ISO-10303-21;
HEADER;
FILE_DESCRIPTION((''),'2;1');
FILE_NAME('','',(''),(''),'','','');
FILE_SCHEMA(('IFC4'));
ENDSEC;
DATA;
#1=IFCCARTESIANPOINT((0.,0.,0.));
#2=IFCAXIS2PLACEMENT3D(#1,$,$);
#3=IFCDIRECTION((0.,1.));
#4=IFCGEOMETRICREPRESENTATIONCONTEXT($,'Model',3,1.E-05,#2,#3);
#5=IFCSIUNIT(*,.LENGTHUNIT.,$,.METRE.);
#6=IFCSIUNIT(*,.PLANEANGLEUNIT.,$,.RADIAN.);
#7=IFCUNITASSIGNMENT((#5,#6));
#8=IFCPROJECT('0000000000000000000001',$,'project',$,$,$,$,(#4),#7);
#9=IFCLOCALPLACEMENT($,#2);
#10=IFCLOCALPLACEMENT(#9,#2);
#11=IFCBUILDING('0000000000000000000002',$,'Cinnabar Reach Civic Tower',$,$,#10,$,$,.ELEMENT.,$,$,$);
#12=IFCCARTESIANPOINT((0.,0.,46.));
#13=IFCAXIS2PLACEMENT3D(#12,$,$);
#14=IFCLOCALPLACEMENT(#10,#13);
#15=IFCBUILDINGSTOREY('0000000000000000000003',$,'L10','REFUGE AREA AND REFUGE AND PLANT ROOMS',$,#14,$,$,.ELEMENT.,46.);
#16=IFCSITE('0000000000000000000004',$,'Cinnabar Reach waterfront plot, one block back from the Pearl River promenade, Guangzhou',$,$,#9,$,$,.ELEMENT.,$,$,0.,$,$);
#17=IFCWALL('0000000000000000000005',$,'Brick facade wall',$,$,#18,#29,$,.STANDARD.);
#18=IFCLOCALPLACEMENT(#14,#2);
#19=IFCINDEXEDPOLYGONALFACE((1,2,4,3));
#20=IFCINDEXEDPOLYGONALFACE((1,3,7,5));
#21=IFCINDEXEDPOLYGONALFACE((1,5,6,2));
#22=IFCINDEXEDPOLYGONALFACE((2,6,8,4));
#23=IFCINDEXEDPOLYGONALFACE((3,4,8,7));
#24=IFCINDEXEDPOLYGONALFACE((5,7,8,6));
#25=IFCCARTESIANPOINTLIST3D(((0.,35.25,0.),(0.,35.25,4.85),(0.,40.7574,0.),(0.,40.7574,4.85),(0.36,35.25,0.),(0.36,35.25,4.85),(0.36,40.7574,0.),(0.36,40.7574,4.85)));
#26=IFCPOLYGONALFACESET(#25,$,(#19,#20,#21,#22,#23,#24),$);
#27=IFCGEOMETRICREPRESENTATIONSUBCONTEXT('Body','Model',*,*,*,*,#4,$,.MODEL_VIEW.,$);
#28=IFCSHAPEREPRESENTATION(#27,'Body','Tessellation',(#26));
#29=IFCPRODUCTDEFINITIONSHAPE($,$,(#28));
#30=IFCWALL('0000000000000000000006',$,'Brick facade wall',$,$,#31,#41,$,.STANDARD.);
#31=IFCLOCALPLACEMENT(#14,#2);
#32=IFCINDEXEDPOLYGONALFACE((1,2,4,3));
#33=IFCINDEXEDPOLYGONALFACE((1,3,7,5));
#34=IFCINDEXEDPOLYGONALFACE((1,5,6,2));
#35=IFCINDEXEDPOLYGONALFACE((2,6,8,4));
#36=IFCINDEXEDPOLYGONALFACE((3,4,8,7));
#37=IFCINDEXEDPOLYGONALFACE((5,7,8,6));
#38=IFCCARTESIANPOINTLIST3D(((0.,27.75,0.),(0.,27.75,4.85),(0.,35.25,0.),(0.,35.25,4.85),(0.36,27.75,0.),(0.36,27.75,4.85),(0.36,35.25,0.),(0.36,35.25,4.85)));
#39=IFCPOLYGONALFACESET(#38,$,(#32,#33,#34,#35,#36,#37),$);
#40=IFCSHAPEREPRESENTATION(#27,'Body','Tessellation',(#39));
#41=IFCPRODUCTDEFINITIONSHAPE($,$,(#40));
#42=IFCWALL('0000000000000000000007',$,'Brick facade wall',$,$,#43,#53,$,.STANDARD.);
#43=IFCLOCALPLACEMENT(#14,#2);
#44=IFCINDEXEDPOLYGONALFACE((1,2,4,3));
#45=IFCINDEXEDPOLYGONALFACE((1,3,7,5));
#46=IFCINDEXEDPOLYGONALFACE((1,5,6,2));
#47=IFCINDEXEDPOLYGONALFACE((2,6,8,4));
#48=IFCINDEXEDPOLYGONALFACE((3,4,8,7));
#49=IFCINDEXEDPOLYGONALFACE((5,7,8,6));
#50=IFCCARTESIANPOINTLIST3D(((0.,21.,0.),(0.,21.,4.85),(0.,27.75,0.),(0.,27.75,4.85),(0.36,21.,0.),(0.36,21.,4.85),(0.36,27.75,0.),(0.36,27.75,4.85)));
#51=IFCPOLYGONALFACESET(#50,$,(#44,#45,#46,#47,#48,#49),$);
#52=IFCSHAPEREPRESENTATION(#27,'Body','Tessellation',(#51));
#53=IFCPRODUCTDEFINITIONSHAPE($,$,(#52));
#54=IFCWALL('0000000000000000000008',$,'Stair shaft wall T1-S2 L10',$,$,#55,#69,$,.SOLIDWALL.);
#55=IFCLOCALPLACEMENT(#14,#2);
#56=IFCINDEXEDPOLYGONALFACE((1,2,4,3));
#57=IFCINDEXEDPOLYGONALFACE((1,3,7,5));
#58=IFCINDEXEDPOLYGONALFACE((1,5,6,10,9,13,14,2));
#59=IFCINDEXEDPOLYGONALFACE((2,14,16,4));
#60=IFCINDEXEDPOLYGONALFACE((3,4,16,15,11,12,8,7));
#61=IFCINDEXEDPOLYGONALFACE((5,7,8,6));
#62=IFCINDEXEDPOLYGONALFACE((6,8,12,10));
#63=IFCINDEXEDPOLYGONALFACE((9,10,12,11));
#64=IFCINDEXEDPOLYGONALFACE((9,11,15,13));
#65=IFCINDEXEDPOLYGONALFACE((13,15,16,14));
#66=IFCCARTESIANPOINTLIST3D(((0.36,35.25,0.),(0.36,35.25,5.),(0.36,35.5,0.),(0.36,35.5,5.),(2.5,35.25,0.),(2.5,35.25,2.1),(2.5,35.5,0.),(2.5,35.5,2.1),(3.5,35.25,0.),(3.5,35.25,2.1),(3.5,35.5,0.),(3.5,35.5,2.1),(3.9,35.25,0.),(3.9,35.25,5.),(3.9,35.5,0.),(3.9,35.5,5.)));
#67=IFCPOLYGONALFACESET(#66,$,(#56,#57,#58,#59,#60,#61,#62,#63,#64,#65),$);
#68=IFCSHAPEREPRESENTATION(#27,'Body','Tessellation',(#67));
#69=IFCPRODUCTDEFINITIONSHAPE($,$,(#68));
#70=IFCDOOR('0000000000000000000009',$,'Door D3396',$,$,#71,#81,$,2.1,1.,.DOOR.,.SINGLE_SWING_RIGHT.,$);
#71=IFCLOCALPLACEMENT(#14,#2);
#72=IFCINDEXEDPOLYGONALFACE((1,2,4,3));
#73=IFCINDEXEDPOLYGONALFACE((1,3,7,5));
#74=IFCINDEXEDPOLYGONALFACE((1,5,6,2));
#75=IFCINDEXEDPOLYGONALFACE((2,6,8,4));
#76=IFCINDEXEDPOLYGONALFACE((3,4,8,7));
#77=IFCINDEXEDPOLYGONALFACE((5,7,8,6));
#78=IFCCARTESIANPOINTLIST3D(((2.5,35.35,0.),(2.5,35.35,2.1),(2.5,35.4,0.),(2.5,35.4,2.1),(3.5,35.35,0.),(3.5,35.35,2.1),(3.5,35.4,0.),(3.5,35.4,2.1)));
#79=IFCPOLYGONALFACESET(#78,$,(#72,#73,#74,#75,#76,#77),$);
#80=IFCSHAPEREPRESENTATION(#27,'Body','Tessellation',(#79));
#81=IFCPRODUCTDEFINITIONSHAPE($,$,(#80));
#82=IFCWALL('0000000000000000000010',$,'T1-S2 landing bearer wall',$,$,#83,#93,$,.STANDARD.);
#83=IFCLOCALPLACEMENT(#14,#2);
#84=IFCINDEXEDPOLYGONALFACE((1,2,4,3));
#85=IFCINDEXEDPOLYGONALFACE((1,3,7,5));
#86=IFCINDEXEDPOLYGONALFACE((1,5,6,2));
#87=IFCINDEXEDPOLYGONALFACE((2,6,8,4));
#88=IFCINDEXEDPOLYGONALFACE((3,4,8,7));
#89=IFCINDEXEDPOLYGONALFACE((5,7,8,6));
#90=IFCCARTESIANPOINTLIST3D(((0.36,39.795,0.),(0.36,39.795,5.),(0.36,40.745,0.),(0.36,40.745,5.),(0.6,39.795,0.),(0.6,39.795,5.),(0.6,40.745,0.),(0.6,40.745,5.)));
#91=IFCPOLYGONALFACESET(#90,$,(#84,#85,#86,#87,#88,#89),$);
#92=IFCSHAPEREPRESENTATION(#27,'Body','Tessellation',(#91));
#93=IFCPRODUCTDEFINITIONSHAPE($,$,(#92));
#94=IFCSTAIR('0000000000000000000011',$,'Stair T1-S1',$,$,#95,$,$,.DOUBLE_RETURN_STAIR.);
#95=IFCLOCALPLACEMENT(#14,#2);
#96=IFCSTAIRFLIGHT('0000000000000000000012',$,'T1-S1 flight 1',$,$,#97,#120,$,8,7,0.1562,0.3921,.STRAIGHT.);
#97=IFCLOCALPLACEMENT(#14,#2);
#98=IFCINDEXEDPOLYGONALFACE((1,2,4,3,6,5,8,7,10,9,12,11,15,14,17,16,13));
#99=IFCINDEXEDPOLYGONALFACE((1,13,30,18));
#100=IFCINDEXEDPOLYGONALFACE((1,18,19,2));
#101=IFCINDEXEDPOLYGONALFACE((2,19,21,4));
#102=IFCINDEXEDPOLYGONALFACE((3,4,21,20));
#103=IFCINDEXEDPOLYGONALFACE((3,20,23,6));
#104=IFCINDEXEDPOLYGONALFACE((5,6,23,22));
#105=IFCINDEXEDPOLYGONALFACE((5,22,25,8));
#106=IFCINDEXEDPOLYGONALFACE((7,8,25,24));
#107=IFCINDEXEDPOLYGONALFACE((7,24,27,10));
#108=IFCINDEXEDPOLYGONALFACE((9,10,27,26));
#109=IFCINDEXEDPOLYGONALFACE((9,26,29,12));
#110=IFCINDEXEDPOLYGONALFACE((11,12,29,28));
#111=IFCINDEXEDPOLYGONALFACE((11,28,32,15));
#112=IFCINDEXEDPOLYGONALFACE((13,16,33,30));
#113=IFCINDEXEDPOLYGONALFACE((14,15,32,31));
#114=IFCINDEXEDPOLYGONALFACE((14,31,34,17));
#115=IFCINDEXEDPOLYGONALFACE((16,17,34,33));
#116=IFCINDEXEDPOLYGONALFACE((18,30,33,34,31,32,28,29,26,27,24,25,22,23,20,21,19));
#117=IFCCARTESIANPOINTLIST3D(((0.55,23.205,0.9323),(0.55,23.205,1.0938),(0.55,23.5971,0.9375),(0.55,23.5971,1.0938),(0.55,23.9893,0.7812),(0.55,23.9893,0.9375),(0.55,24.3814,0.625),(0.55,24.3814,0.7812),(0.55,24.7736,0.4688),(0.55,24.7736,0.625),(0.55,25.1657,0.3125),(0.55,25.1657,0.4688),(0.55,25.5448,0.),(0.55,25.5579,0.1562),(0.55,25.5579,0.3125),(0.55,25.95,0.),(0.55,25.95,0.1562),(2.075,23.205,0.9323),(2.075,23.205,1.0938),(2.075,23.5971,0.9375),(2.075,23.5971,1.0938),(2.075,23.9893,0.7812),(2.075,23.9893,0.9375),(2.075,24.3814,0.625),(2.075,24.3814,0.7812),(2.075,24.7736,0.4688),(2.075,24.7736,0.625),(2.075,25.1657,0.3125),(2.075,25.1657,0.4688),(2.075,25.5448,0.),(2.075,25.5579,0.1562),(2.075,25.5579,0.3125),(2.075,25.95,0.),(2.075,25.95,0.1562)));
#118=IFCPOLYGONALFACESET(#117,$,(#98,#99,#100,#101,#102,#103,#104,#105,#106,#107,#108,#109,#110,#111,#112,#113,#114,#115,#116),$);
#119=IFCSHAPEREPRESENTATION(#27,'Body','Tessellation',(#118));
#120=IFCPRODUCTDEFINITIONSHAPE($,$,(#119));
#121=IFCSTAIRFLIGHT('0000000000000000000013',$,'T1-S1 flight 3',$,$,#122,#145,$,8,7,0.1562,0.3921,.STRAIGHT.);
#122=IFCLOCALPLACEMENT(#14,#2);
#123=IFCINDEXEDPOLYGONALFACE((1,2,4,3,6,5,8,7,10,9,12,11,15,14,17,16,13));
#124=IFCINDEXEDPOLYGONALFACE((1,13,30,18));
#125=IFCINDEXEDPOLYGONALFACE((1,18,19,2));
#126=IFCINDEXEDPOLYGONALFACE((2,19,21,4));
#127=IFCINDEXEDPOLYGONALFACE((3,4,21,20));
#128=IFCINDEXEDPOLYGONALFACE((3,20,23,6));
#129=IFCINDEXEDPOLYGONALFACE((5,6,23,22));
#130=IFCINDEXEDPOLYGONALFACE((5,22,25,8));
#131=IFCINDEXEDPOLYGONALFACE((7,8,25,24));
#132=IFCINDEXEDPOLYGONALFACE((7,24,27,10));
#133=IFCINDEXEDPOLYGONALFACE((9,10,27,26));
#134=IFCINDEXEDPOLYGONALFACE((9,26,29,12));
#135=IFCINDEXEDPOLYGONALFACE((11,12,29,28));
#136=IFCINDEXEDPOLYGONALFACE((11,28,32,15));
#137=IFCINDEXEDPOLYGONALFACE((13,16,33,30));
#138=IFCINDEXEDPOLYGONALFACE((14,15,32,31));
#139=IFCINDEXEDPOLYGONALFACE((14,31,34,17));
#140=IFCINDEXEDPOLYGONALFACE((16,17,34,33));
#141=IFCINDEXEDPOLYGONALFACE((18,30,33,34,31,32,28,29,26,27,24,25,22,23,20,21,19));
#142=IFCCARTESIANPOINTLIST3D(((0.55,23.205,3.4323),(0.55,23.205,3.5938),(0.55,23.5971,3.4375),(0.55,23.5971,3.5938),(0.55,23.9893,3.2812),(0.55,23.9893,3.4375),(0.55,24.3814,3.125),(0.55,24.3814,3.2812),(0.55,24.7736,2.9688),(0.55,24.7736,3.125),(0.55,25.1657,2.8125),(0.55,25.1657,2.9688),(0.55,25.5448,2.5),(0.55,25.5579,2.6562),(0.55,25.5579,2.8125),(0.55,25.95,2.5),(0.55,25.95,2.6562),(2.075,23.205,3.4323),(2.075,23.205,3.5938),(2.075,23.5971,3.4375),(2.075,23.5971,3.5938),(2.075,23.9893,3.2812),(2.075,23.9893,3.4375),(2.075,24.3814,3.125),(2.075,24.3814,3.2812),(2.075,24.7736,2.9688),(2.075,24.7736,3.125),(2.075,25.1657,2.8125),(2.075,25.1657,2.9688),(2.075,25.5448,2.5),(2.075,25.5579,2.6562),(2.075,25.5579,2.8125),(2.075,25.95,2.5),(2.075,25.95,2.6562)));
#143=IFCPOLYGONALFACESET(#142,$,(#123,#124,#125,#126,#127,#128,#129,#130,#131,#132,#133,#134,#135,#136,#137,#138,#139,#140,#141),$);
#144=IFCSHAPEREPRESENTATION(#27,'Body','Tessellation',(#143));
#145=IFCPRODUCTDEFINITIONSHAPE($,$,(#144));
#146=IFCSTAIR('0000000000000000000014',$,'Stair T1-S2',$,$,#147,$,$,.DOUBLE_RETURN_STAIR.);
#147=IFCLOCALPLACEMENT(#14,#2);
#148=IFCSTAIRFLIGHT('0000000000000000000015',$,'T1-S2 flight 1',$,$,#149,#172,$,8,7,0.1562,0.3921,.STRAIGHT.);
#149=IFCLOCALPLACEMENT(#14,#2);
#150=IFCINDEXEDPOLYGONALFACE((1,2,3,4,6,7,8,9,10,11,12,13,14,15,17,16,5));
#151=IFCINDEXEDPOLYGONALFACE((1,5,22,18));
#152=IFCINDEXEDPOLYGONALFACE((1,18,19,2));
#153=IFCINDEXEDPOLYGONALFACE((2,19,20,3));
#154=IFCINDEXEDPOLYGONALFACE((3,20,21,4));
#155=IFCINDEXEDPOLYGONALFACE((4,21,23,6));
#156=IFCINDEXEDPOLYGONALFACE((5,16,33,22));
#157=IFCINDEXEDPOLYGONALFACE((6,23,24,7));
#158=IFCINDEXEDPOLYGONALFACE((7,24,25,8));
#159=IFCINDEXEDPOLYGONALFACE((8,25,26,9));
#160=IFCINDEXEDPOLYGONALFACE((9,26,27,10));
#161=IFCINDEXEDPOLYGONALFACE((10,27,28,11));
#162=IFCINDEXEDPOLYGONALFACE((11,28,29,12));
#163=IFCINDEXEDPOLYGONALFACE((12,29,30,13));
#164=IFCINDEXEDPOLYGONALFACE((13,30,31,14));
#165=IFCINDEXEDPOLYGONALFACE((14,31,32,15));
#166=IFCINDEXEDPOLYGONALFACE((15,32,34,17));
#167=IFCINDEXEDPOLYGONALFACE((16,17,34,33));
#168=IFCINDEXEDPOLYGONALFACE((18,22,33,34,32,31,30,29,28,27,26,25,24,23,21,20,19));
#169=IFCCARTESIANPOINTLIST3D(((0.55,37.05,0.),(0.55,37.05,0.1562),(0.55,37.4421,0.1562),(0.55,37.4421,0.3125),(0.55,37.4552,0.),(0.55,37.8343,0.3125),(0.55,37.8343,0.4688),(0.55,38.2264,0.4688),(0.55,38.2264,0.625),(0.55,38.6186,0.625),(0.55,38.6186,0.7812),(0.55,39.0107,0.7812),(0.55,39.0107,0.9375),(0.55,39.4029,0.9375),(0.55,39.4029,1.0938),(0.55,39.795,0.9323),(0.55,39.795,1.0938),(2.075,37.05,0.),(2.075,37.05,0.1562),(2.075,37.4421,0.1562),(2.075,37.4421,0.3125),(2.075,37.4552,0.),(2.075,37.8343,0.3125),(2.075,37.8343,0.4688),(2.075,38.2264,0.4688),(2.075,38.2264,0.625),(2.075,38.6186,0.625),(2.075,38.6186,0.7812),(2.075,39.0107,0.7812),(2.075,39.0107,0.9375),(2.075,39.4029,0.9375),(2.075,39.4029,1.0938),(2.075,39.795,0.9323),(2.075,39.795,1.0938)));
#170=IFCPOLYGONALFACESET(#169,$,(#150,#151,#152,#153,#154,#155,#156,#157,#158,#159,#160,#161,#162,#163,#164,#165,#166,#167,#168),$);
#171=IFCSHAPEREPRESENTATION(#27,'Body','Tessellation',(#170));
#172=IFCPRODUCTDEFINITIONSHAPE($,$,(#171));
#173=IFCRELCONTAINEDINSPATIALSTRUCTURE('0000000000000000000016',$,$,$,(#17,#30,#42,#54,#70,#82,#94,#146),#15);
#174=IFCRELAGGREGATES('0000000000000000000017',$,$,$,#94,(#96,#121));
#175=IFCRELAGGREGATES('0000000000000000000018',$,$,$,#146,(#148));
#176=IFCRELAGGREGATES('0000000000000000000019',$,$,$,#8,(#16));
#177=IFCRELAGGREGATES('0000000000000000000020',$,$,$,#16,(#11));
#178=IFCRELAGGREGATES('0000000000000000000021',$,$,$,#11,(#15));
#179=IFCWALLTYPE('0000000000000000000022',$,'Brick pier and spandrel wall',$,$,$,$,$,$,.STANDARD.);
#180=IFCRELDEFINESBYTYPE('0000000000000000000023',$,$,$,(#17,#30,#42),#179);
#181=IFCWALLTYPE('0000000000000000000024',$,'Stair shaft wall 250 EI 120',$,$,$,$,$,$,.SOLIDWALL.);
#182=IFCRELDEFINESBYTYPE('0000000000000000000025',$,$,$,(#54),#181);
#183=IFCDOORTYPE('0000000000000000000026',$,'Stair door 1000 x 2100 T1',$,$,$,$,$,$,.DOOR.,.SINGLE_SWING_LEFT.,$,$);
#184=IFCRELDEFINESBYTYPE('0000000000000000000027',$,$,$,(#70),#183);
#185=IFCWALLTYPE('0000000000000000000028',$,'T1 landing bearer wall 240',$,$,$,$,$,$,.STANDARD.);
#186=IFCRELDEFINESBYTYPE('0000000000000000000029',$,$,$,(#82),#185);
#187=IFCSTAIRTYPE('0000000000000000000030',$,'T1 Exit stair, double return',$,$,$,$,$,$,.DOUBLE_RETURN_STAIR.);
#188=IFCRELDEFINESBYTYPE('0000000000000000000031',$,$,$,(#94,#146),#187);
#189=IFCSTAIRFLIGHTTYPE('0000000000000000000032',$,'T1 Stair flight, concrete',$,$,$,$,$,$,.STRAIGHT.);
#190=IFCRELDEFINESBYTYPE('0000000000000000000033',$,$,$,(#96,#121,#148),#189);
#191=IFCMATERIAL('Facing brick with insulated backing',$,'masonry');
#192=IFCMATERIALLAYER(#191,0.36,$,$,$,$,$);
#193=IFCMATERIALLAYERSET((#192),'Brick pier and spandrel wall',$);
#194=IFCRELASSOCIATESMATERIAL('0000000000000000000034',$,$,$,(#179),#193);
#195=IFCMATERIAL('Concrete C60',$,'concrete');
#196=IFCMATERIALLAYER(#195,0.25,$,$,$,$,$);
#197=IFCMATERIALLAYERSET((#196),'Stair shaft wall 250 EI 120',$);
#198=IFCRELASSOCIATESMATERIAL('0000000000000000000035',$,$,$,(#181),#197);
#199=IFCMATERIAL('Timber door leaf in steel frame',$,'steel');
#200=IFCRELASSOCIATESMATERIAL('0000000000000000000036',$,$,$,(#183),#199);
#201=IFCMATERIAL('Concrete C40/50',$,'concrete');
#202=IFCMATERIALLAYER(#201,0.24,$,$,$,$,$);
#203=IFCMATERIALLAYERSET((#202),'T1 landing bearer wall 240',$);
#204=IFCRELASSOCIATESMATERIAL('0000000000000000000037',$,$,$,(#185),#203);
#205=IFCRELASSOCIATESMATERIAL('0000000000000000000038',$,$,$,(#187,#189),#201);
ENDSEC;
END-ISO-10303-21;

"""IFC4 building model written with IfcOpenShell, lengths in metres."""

from ifc_helpers import new_model, si_unit, direction, frame, frame_2d, origin, place, context, subcontext, project, spatial, polyline, rectangle, outline, extrude, material, layer, layer_set, type_object, element, fill, aggregate, save


model = new_model("IFC4")

# Units and contexts
model_context = context("Model", 3, precision=1e-05, world=origin(), true_north=direction((0.0, 1.0)))
body_context = subcontext(model_context, "Body", "Model", "MODEL_VIEW")
ifc_project = project(units=[si_unit("LENGTHUNIT", "METRE"), si_unit("PLANEANGLEUNIT", "RADIAN")], contexts=[model_context])

# Site, building, storey
site_placement = place(None, origin())
site = spatial("IfcSite", under=ifc_project, at=site_placement, Name="Cinnabar Reach waterfront plot, one block back from the Pearl River promenade, Guangzhou", CompositionType="ELEMENT", RefElevation=0.0)
building_placement = place(site_placement, origin())
building = spatial("IfcBuilding", under=site, at=building_placement, Name="Cinnabar Reach Civic Tower", CompositionType="ELEMENT")
storey_placement = place(building_placement, frame((0.0, 0.0, 46.0)))
storey = spatial("IfcBuildingStorey", under=building, at=storey_placement, Name="L10", Description="REFUGE AREA AND REFUGE AND PLANT ROOMS", CompositionType="ELEMENT", Elevation=46.0)

# Walls
ifc_material_1 = material(Name="Facing brick with insulated backing", Category="masonry")
ifc_layer_1 = layer(ifc_material_1, 0.36)
ifc_layer_set_1 = layer_set([ifc_layer_1], Name="Brick pier and spandrel wall")
wall_type_1 = type_object("IfcWallType", Name="Brick pier and spandrel wall", PredefinedType="STANDARD", material=ifc_layer_set_1)
wall_1_placement = place(storey_placement, frame((0.18, 40.7574, 0.0), z_axis=(0.0, 0.0, 1.0), x_axis=(0.0, -1.0, 0.0)))
element("IfcWall", 1, at=wall_1_placement, inside=storey, type_object=wall_type_1, Name="Brick facade wall", PredefinedType="STANDARD", context=body_context, shape_type="SweptSolid", body=[
    extrude(rectangle(XDim=5.5074, YDim=0.36, at=frame_2d((2.7537, 0.0))), origin(), (0.0, 0.0, 1.0), 4.85),
])
wall_2_placement = place(storey_placement, frame((0.18, 35.25, 0.0), z_axis=(0.0, 0.0, 1.0), x_axis=(0.0, -1.0, 0.0)))
element("IfcWall", 2, at=wall_2_placement, inside=storey, type_object=wall_type_1, Name="Brick facade wall", PredefinedType="STANDARD", context=body_context, shape_type="SweptSolid", body=[
    extrude(rectangle(XDim=7.5, YDim=0.36, at=frame_2d((3.75, 0.0))), origin(), (0.0, 0.0, 1.0), 4.85),
])
wall_3_placement = place(storey_placement, frame((0.18, 27.75, 0.0), z_axis=(0.0, 0.0, 1.0), x_axis=(0.0, -1.0, 0.0)))
element("IfcWall", 3, at=wall_3_placement, inside=storey, type_object=wall_type_1, Name="Brick facade wall", PredefinedType="STANDARD", context=body_context, shape_type="SweptSolid", body=[
    extrude(rectangle(XDim=6.75, YDim=0.36, at=frame_2d((3.375, 0.0))), origin(), (0.0, 0.0, 1.0), 4.85),
])

# Wall, opening, door
ifc_material_2 = material(Name="Concrete C60", Category="concrete")
ifc_layer_2 = layer(ifc_material_2, 0.25)
ifc_layer_set_2 = layer_set([ifc_layer_2], Name="Stair shaft wall 250 EI 120")
wall_type_2 = type_object("IfcWallType", Name="Stair shaft wall 250 EI 120", PredefinedType="SOLIDWALL", material=ifc_layer_set_2)
wall_4_placement = place(storey_placement, frame((0.36, 35.375, 0.0), z_axis=(0.0, 0.0, 1.0), x_axis=(1.0, 0.0, 0.0)))
wall_4 = element("IfcWall", 4, at=wall_4_placement, inside=storey, type_object=wall_type_2, Name="Stair shaft wall T1-S2 L10", PredefinedType="SOLIDWALL", context=body_context, shape_type="SweptSolid", body=[
    extrude(rectangle(XDim=3.54, YDim=0.25, at=frame_2d((1.77, 0.0))), origin(), (0.0, 0.0, 1.0), 5.0),
])
opening_placement = place(wall_4_placement, frame((2.14, 0.0, 0.0)))
opening = element("IfcOpeningElement", 5, at=opening_placement, cuts=wall_4, PredefinedType="OPENING", context=body_context, shape_type="SweptSolid", body=[
    extrude(rectangle(XDim=1.0, YDim=2.1, at=frame_2d((0.5, 1.05))), frame((0.0, 0.135, 0.0), z_axis=(0.0, -1.0, 0.0), x_axis=(1.0, 0.0, 0.0)), (0.0, 0.0, 1.0), 0.27),
])
ifc_material_3 = material(Name="Timber door leaf in steel frame", Category="steel")
door_type = type_object("IfcDoorType", Name="Stair door 1000 x 2100 T1", OperationType="SINGLE_SWING_LEFT", PredefinedType="DOOR", material=ifc_material_3)
door_placement = place(opening_placement, origin())
door = element("IfcDoor", 6, at=door_placement, inside=storey, type_object=door_type, Name="Door D3396", OperationType="SINGLE_SWING_RIGHT", OverallHeight=2.1, OverallWidth=1.0, PredefinedType="DOOR", context=body_context, shape_type="SweptSolid", body=[
    extrude(rectangle(XDim=1.0, YDim=2.1, at=frame_2d((0.5, 1.05))), frame((0.0, 0.025, 0.0), z_axis=(0.0, -1.0, 0.0), x_axis=(1.0, 0.0, 0.0)), (0.0, 0.0, 1.0), 0.05),
])
fill(opening, door)

# Wall
ifc_material_4 = material(Name="Concrete C40/50", Category="concrete")
ifc_layer_3 = layer(ifc_material_4, 0.24)
ifc_layer_set_3 = layer_set([ifc_layer_3], Name="T1 landing bearer wall 240")
wall_type_3 = type_object("IfcWallType", Name="T1 landing bearer wall 240", PredefinedType="STANDARD", material=ifc_layer_set_3)
wall_5_placement = place(storey_placement, frame((0.48, 39.795, 0.0), z_axis=(0.0, 0.0, 1.0), x_axis=(0.0, 1.0, 0.0)))
element("IfcWall", 7, at=wall_5_placement, inside=storey, type_object=wall_type_3, Name="T1-S2 landing bearer wall", PredefinedType="STANDARD", context=body_context, shape_type="SweptSolid", body=[
    extrude(rectangle(XDim=0.9501, YDim=0.24, at=frame_2d((0.475, 0.0))), origin(), (0.0, 0.0, 1.0), 5.0),
])

# Stairs, stair flights
stair_type = type_object("IfcStairType", Name="T1 Exit stair, double return", PredefinedType="DOUBLE_RETURN_STAIR", material=ifc_material_4)
stair_1_placement = place(storey_placement, origin())
stair_1 = element("IfcStair", 8, at=stair_1_placement, inside=storey, type_object=stair_type, Name="Stair T1-S1", PredefinedType="DOUBLE_RETURN_STAIR")
stair_flight_type = type_object("IfcStairFlightType", Name="T1 Stair flight, concrete", PredefinedType="STRAIGHT", material=ifc_material_4)
stair_flight_1_placement = place(storey_placement, frame((1.3125, 25.95, 0.0), z_axis=(0.0, 0.0, 1.0), x_axis=(0.0, -1.0, 0.0)))
stair_flight_1 = element("IfcStairFlight", 9, at=stair_flight_1_placement, type_object=stair_flight_type, Name="T1-S1 flight 1", NumberOfRisers=8, NumberOfTreads=7, PredefinedType="STRAIGHT", RiserHeight=0.1562, TreadLength=0.3921, context=body_context, shape_type="SweptSolid", body=[
    extrude(outline(polyline([(0.0, 0.0), (0.0, 0.1562), (0.3921, 0.1562), (0.3921, 0.3125), (0.7843, 0.3125), (0.7843, 0.4688), (1.1764, 0.4688), (1.1764, 0.625), (1.5686, 0.625), (1.5686, 0.7812), (1.9607, 0.7812), (1.9607, 0.9375), (2.3529, 0.9375), (2.3529, 1.0938), (2.745, 1.0938), (2.745, 1.25), (2.745, 0.9323), (0.4052, 0.0), (0.0, 0.0)])), frame((0.0, 0.7625, 0.0), z_axis=(0.0, -1.0, 0.0), x_axis=(1.0, 0.0, 0.0)), (0.0, 0.0, 1.0), 1.525),
])
stair_flight_2_placement = place(storey_placement, frame((1.3125, 25.95, 2.5), z_axis=(0.0, 0.0, 1.0), x_axis=(0.0, -1.0, 0.0)))
stair_flight_2 = element("IfcStairFlight", 10, at=stair_flight_2_placement, type_object=stair_flight_type, Name="T1-S1 flight 3", NumberOfRisers=8, NumberOfTreads=7, PredefinedType="STRAIGHT", RiserHeight=0.1562, TreadLength=0.3921, context=body_context, shape_type="SweptSolid", body=[
    extrude(outline(polyline([(0.0, 0.0), (0.0, 0.1562), (0.3921, 0.1562), (0.3921, 0.3125), (0.7843, 0.3125), (0.7843, 0.4688), (1.1764, 0.4688), (1.1764, 0.625), (1.5686, 0.625), (1.5686, 0.7812), (1.9607, 0.7812), (1.9607, 0.9375), (2.3529, 0.9375), (2.3529, 1.0938), (2.745, 1.0938), (2.745, 1.25), (2.745, 0.9323), (0.4052, 0.0), (0.0, 0.0)])), frame((0.0, 0.7625, 0.0), z_axis=(0.0, -1.0, 0.0), x_axis=(1.0, 0.0, 0.0)), (0.0, 0.0, 1.0), 1.525),
])
stair_2_placement = place(storey_placement, origin())
stair_2 = element("IfcStair", 11, at=stair_2_placement, inside=storey, type_object=stair_type, Name="Stair T1-S2", PredefinedType="DOUBLE_RETURN_STAIR")
stair_flight_3_placement = place(storey_placement, frame((1.3125, 37.05, 0.0), z_axis=(0.0, 0.0, 1.0), x_axis=(0.0, 1.0, 0.0)))
stair_flight_3 = element("IfcStairFlight", 12, at=stair_flight_3_placement, type_object=stair_flight_type, Name="T1-S2 flight 1", NumberOfRisers=8, NumberOfTreads=7, PredefinedType="STRAIGHT", RiserHeight=0.1562, TreadLength=0.3921, context=body_context, shape_type="SweptSolid", body=[
    extrude(outline(polyline([(0.0, 0.0), (0.0, 0.1562), (0.3921, 0.1562), (0.3921, 0.3125), (0.7843, 0.3125), (0.7843, 0.4688), (1.1764, 0.4688), (1.1764, 0.625), (1.5686, 0.625), (1.5686, 0.7812), (1.9607, 0.7812), (1.9607, 0.9375), (2.3529, 0.9375), (2.3529, 1.0938), (2.745, 1.0938), (2.745, 1.25), (2.745, 0.9323), (0.4052, 0.0), (0.0, 0.0)])), frame((0.0, 0.7625, 0.0), z_axis=(0.0, -1.0, 0.0), x_axis=(1.0, 0.0, 0.0)), (0.0, 0.0, 1.0), 1.525),
])

aggregate(stair_1, [stair_flight_1, stair_flight_2])
aggregate(stair_2, [stair_flight_3])

save(model, "model.ifc")
